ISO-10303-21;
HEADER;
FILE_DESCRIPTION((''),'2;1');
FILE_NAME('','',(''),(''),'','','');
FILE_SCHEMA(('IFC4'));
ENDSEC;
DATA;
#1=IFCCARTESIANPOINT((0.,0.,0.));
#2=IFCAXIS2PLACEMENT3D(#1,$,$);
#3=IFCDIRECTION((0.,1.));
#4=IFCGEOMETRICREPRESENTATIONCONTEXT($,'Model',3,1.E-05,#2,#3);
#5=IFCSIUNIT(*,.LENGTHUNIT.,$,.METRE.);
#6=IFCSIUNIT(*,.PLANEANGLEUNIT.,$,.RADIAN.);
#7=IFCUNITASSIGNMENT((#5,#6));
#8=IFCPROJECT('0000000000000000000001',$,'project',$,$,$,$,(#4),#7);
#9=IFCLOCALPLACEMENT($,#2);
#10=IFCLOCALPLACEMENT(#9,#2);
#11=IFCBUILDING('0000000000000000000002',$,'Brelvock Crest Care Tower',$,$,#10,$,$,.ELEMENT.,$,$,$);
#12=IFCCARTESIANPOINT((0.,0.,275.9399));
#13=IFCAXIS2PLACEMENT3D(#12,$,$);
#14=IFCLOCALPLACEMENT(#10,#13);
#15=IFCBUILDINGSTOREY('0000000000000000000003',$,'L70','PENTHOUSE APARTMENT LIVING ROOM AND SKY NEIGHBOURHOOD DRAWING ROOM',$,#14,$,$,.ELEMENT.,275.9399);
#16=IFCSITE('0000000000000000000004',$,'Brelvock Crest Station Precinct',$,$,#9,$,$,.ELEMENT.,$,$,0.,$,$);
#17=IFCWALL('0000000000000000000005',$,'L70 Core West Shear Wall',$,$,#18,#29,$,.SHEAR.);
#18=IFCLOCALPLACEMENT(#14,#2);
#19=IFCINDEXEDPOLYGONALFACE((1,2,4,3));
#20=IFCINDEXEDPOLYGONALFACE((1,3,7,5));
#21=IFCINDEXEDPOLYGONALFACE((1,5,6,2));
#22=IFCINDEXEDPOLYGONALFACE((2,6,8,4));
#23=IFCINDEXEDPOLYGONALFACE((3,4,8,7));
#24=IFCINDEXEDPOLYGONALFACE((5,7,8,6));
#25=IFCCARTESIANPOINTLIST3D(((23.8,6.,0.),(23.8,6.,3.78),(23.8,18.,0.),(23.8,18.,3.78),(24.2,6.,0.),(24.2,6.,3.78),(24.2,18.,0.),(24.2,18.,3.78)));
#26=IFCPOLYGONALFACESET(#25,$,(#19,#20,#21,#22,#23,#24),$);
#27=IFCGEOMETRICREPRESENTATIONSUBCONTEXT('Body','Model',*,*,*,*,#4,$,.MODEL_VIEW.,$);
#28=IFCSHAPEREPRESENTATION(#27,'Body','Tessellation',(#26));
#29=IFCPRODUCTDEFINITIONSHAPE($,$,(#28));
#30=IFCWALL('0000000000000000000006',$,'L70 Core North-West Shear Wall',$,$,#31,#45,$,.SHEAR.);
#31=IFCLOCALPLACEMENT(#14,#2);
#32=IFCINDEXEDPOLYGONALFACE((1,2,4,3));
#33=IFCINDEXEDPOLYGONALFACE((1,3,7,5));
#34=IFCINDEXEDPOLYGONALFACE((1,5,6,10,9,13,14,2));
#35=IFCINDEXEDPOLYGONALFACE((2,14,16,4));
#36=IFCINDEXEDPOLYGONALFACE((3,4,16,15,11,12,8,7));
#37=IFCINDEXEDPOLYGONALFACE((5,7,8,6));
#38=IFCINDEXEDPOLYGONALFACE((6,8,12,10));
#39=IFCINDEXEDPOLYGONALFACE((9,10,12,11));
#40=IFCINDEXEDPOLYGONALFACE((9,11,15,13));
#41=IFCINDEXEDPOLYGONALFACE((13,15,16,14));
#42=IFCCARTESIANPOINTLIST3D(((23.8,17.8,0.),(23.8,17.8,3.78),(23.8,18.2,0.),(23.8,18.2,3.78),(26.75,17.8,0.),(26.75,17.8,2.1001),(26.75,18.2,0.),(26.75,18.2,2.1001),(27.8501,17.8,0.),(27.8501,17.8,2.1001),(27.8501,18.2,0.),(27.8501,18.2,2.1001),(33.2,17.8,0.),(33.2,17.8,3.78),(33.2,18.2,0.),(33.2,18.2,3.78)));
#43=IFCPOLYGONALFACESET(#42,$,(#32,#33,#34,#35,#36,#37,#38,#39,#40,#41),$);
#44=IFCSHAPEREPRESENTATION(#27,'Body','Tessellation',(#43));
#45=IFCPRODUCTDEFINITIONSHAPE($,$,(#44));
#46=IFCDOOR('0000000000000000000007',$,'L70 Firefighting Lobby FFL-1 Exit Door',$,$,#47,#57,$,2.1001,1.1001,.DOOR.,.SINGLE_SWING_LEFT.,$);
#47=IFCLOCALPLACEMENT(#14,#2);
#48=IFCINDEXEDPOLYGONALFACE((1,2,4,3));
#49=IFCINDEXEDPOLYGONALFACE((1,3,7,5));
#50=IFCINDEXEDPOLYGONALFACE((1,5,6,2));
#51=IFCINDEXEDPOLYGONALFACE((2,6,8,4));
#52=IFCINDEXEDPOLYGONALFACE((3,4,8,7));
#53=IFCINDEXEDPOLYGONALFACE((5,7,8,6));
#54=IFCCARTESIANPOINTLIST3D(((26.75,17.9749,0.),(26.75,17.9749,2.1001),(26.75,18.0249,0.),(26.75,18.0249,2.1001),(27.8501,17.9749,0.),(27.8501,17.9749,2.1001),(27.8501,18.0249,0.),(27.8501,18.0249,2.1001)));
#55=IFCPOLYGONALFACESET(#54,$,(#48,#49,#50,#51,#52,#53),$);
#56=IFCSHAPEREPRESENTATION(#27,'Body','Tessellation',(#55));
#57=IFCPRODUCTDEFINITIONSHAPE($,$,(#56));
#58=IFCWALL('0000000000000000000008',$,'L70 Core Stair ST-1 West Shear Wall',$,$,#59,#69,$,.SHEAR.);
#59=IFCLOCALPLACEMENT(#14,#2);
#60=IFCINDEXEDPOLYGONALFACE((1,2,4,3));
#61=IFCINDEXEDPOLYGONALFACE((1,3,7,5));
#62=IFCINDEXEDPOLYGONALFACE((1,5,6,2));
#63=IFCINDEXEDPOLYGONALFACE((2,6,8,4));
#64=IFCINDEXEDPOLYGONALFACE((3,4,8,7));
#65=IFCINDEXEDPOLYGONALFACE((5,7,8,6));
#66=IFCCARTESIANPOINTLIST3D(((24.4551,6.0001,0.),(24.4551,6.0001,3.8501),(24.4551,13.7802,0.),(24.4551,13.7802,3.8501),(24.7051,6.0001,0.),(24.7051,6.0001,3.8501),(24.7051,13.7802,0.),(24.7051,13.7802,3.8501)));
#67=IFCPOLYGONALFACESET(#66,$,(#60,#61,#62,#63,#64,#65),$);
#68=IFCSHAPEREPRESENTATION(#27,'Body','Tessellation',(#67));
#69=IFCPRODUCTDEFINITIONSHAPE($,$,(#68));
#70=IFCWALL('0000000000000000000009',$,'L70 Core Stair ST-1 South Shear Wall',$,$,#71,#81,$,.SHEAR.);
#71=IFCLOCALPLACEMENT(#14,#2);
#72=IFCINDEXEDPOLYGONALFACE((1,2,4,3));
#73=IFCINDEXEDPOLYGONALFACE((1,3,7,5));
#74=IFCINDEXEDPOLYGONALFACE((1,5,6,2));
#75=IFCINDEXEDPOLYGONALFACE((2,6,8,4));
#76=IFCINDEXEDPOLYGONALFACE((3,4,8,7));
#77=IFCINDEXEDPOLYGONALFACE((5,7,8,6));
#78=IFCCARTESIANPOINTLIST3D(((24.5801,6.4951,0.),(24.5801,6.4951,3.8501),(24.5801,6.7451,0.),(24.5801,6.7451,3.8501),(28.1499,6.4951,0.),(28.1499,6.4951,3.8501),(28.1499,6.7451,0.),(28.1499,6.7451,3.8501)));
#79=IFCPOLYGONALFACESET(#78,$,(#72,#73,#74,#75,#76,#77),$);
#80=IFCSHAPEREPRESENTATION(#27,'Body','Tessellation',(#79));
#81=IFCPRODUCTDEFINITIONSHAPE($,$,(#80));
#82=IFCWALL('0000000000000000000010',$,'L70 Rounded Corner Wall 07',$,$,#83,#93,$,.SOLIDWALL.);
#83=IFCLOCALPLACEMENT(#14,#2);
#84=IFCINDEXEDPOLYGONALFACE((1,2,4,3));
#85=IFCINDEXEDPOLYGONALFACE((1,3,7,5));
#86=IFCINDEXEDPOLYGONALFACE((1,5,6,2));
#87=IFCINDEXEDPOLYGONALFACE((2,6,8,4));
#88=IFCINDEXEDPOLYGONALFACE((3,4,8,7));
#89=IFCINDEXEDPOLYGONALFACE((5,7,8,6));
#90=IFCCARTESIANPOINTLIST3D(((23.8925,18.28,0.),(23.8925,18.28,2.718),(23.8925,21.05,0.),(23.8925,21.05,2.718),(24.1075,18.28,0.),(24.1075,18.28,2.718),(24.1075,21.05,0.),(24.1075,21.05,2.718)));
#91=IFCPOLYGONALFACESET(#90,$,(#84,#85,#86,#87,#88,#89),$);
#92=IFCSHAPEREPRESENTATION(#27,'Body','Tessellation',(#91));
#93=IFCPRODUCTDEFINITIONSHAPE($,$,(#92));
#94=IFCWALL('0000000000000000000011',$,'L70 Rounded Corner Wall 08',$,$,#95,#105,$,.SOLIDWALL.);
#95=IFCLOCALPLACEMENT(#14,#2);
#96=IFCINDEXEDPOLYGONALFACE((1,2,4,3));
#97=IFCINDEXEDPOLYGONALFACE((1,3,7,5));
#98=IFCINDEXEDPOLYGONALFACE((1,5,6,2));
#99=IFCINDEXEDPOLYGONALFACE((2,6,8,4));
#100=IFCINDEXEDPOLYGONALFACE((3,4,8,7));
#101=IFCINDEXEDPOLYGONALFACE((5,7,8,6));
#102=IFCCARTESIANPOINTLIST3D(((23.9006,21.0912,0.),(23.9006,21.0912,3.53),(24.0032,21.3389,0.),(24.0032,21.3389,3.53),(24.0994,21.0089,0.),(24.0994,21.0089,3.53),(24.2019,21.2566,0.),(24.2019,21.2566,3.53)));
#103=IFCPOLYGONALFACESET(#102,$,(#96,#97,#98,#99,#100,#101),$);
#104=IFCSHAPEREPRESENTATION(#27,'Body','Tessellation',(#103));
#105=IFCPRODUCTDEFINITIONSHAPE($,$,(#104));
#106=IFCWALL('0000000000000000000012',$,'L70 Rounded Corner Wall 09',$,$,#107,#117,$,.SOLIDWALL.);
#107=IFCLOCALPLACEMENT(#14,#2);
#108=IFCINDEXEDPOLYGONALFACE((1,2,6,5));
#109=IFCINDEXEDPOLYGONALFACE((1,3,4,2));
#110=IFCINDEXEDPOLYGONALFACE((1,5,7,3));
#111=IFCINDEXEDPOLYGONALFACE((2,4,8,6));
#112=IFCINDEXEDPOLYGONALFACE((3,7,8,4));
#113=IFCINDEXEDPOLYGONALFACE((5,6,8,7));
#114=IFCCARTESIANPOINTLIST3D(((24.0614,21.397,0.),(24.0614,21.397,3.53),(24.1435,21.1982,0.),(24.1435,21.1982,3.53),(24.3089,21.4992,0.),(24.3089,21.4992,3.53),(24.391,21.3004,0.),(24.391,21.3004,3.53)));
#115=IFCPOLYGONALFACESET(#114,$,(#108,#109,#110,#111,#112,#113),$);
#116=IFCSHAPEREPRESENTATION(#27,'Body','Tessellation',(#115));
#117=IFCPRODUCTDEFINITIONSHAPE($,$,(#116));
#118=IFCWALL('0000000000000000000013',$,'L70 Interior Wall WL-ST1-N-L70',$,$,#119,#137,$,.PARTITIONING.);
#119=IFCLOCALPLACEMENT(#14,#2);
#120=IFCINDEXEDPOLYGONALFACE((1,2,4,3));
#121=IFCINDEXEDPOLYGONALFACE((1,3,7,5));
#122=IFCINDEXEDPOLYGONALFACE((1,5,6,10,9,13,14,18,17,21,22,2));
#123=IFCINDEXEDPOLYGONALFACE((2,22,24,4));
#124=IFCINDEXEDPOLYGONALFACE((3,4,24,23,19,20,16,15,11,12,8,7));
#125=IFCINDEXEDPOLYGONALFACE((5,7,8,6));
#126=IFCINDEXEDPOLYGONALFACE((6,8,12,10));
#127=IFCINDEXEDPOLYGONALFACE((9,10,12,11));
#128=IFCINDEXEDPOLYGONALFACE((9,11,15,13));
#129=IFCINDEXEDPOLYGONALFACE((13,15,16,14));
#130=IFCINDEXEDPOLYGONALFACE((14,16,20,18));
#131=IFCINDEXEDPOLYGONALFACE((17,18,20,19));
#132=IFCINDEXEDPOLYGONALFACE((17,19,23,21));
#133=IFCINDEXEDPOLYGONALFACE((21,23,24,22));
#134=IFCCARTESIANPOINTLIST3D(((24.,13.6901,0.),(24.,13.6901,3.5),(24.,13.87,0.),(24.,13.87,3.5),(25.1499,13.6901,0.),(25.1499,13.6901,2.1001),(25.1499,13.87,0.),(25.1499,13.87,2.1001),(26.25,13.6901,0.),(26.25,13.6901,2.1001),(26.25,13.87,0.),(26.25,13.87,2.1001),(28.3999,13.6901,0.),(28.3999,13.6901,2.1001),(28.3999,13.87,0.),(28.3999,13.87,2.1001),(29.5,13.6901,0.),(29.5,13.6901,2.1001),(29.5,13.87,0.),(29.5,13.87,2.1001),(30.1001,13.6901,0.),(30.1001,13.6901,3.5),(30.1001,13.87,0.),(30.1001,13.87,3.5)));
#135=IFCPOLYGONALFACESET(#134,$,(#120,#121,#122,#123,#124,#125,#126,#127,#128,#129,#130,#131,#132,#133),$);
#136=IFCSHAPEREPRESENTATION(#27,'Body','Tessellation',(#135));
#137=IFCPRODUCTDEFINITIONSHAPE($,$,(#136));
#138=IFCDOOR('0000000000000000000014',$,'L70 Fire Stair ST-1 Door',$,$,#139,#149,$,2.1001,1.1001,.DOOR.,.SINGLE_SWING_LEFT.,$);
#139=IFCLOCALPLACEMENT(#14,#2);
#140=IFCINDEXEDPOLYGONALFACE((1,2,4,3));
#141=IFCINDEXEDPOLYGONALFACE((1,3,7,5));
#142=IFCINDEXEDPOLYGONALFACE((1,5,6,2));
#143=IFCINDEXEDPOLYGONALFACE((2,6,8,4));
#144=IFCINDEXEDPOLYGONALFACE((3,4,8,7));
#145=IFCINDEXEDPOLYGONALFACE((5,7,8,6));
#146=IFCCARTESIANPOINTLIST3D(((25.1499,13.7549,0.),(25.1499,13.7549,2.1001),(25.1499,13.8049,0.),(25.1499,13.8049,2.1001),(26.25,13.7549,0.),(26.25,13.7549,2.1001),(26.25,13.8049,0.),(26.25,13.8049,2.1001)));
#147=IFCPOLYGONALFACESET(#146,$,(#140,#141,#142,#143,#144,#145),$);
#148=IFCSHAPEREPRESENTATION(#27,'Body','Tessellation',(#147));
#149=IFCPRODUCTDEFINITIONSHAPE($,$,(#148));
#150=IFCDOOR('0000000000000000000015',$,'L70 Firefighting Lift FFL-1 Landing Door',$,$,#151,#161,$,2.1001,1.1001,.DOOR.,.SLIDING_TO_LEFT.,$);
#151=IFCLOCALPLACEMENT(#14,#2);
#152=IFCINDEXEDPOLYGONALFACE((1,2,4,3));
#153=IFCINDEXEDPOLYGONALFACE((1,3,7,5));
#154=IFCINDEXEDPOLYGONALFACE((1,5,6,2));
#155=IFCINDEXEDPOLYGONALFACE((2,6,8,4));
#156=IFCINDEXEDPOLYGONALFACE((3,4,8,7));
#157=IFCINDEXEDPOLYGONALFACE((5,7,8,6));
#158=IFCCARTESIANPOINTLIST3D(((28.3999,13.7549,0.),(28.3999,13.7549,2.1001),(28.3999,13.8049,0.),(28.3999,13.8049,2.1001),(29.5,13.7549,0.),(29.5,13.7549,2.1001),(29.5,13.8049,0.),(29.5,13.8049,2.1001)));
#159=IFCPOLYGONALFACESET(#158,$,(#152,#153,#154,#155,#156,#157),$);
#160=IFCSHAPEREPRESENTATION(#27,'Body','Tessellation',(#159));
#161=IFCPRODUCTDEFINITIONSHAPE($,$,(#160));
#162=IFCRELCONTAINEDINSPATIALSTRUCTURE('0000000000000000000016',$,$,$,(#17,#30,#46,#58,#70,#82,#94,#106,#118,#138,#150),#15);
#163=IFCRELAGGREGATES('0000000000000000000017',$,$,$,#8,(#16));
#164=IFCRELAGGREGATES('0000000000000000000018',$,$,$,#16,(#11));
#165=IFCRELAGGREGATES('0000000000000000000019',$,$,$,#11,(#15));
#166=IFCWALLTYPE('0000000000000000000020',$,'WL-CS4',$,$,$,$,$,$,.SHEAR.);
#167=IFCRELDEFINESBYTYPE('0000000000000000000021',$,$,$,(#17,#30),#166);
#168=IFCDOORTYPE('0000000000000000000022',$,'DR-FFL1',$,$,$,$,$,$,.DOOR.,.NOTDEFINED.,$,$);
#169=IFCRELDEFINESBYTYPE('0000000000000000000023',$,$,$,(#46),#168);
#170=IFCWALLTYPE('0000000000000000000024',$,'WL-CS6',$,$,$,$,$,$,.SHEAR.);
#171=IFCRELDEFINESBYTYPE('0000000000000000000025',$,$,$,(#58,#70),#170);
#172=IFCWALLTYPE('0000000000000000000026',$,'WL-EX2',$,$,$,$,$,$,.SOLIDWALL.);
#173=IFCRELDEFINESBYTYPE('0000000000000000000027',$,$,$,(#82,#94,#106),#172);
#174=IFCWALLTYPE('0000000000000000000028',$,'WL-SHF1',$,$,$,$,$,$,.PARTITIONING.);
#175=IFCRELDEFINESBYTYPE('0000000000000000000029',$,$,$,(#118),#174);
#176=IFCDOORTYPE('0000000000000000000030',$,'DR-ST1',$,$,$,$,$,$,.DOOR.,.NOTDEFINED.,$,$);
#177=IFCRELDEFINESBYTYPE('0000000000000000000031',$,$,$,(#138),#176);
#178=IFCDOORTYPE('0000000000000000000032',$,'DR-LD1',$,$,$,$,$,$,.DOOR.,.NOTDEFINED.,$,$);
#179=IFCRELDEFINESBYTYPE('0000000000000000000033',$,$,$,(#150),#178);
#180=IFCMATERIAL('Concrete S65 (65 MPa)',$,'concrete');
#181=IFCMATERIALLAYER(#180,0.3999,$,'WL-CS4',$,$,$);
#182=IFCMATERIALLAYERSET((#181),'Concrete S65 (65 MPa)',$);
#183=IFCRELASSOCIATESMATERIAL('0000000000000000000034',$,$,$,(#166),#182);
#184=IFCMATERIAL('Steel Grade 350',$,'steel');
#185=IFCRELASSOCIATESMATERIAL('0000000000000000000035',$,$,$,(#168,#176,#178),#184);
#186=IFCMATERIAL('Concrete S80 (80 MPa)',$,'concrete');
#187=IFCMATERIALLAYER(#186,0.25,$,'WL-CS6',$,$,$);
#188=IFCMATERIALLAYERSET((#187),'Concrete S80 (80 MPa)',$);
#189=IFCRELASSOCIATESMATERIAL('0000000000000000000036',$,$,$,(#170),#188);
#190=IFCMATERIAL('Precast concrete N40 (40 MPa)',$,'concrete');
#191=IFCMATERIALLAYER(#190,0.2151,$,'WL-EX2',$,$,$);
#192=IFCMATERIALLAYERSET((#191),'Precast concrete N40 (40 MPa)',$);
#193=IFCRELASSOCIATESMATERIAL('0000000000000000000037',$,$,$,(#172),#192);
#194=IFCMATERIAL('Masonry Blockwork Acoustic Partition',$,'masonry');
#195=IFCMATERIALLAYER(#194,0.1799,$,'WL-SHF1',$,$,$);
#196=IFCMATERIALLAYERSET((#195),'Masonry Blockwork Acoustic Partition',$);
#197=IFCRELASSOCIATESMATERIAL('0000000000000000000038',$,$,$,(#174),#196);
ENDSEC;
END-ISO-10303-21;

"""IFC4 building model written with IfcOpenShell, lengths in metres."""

from ifc_helpers import new_model, si_unit, direction, frame, frame_2d, origin, origin_2d, place, context, subcontext, project, spatial, rectangle, extrude, source, transform, mapped, material, layer, layer_set, type_object, element, fill, save


model = new_model("IFC4")

# Units and contexts
model_context = context("Model", 3, precision=1e-05, world=origin(), true_north=direction((0.0, 1.0)))
body_context = subcontext(model_context, "Body", "Model", "MODEL_VIEW")
ifc_project = project(units=[si_unit("LENGTHUNIT", "METRE"), si_unit("PLANEANGLEUNIT", "RADIAN")], contexts=[model_context])

# Site, building, storey
site_placement = place(None, origin())
site = spatial("IfcSite", under=ifc_project, at=site_placement, Name="Brelvock Crest Station Precinct", CompositionType="ELEMENT", RefElevation=0.0)
building_placement = place(site_placement, origin())
building = spatial("IfcBuilding", under=site, at=building_placement, Name="Brelvock Crest Care Tower", CompositionType="ELEMENT")
storey_placement = place(building_placement, frame((0.0, 0.0, 275.9399)))
storey = spatial("IfcBuildingStorey", under=building, at=storey_placement, Name="L70", Description="PENTHOUSE APARTMENT LIVING ROOM AND SKY NEIGHBOURHOOD DRAWING ROOM", CompositionType="ELEMENT", Elevation=275.9399)

# Shared definitions
ifc_material_1 = material(Name="Concrete S65 (65 MPa)", Category="concrete")

# Shared definitions
ifc_material_2 = material(Name="Steel Grade 350", Category="steel")

# Wall
ifc_layer_1 = layer(ifc_material_1, 0.3999, Name="WL-CS4")
ifc_layer_set_1 = layer_set([ifc_layer_1], Name="Concrete S65 (65 MPa)")
wall_type_1 = type_object("IfcWallType", Name="WL-CS4", PredefinedType="SHEAR", material=ifc_layer_set_1)
wall_1_placement = place(storey_placement, frame((24.0, 6.0, 0.0), z_axis=(0.0, 0.0, 1.0), x_axis=(0.0, 1.0, 0.0)))
element("IfcWall", 1, at=wall_1_placement, inside=storey, type_object=wall_type_1, Name="L70 Core West Shear Wall", PredefinedType="SHEAR", context=body_context, shape_type="SweptSolid", body=[
    extrude(rectangle(XDim=12.0, YDim=0.3999, at=frame_2d((6.0, 0.0))), origin(), (0.0, 0.0, 1.0), 3.78),
])

# Wall, opening, door
wall_2_placement = place(storey_placement, frame((23.8, 18.0, 0.0), z_axis=(0.0, 0.0, 1.0), x_axis=(1.0, 0.0, 0.0)))
wall_2 = element("IfcWall", 2, at=wall_2_placement, inside=storey, type_object=wall_type_1, Name="L70 Core North-West Shear Wall", PredefinedType="SHEAR", context=body_context, shape_type="SweptSolid", body=[
    extrude(rectangle(XDim=9.3999, YDim=0.3999, at=frame_2d((4.7, 0.0))), origin(), (0.0, 0.0, 1.0), 3.78),
])
opening_1_placement = place(wall_2_placement, frame((2.95, 0.0, 0.0)))
opening_1 = element("IfcOpeningElement", 3, at=opening_1_placement, cuts=wall_2, PredefinedType="OPENING", context=body_context, shape_type="SweptSolid", body=[
    extrude(rectangle(XDim=1.1001, YDim=2.1001, at=origin_2d()), frame((0.55, 0.21, 1.05), z_axis=(0.0, -1.0, 0.0), x_axis=(1.0, 0.0, 0.0)), (0.0, 0.0, 1.0), 0.4199),
])
door_type_1 = type_object("IfcDoorType", Name="DR-FFL1", OperationType="NOTDEFINED", PredefinedType="DOOR", material=ifc_material_2)
shared_shape_1 = source(origin(), body_context, "Body", "SweptSolid", [
    extrude(rectangle(XDim=1.1001, YDim=2.1001, at=origin_2d()), frame((0.55, 0.0249, 1.05), z_axis=(0.0, -1.0, 0.0), x_axis=(1.0, 0.0, 0.0)), (0.0, 0.0, 1.0), 0.05),
])
door_1_placement = place(opening_1_placement, origin())
door_1 = element("IfcDoor", 4, at=door_1_placement, inside=storey, type_object=door_type_1, Name="L70 Firefighting Lobby FFL-1 Exit Door", OperationType="SINGLE_SWING_LEFT", OverallHeight=2.1001, OverallWidth=1.1001, PredefinedType="DOOR", context=body_context, shape_type="MappedRepresentation", body=[
    mapped(shared_shape_1, transform((0.0, 0.0, 0.0), x_axis=(1.0, 0.0, 0.0), y_axis=(0.0, 1.0, 0.0), z_axis=(0.0, 0.0, 1.0), scale=1.0)),
])
fill(opening_1, door_1)

# Walls
ifc_material_3 = material(Name="Concrete S80 (80 MPa)", Category="concrete")
ifc_layer_2 = layer(ifc_material_3, 0.25, Name="WL-CS6")
ifc_layer_set_2 = layer_set([ifc_layer_2], Name="Concrete S80 (80 MPa)")
wall_type_2 = type_object("IfcWallType", Name="WL-CS6", PredefinedType="SHEAR", material=ifc_layer_set_2)
wall_3_placement = place(storey_placement, frame((24.5801, 6.0, 0.0), z_axis=(0.0, 0.0, 1.0), x_axis=(0.0, 1.0, 0.0)))
element("IfcWall", 5, at=wall_3_placement, inside=storey, type_object=wall_type_2, Name="L70 Core Stair ST-1 West Shear Wall", PredefinedType="SHEAR", context=body_context, shape_type="SweptSolid", body=[
    extrude(rectangle(XDim=7.78, YDim=0.25, at=frame_2d((3.8901, 0.0))), origin(), (0.0, 0.0, 1.0), 3.8501),
])
wall_4_placement = place(storey_placement, frame((24.5801, 6.6201, 0.0), z_axis=(0.0, 0.0, 1.0), x_axis=(1.0, 0.0, 0.0)))
element("IfcWall", 6, at=wall_4_placement, inside=storey, type_object=wall_type_2, Name="L70 Core Stair ST-1 South Shear Wall", PredefinedType="SHEAR", context=body_context, shape_type="SweptSolid", body=[
    extrude(rectangle(XDim=3.5698, YDim=0.25, at=frame_2d((1.7849, 0.0))), origin(), (0.0, 0.0, 1.0), 3.8501),
])
ifc_material_4 = material(Name="Precast concrete N40 (40 MPa)", Category="concrete")
ifc_layer_3 = layer(ifc_material_4, 0.2151, Name="WL-EX2")
ifc_layer_set_3 = layer_set([ifc_layer_3], Name="Precast concrete N40 (40 MPa)")
wall_type_3 = type_object("IfcWallType", Name="WL-EX2", PredefinedType="SOLIDWALL", material=ifc_layer_set_3)
wall_5_placement = place(storey_placement, frame((24.0, 18.28, 0.0), z_axis=(0.0, 0.0, 1.0), x_axis=(0.0, 1.0, 0.0)))
element("IfcWall", 7, at=wall_5_placement, inside=storey, type_object=wall_type_3, Name="L70 Rounded Corner Wall 07", PredefinedType="SOLIDWALL", context=body_context, shape_type="SweptSolid", body=[
    extrude(rectangle(XDim=2.77, YDim=0.2151, at=frame_2d((1.385, 0.0))), origin(), (0.0, 0.0, 1.0), 2.718),
])
wall_6_placement = place(storey_placement, frame((24.0, 21.05, 0.0), z_axis=(0.0, 0.0, 1.0), x_axis=(0.382674, 0.923884, 0.0)))
element("IfcWall", 8, at=wall_6_placement, inside=storey, type_object=wall_type_3, Name="L70 Rounded Corner Wall 08", PredefinedType="SOLIDWALL", context=body_context, shape_type="SweptSolid", body=[
    extrude(rectangle(XDim=0.2681, YDim=0.2151, at=frame_2d((0.134, 0.0))), origin(), (0.0, 0.0, 1.0), 3.53),
])
wall_7_placement = place(storey_placement, frame((24.1025, 21.2976, 0.0), z_axis=(0.0, 0.0, 1.0), x_axis=(0.924205, 0.381896, 0.0)))
element("IfcWall", 9, at=wall_7_placement, inside=storey, type_object=wall_type_3, Name="L70 Rounded Corner Wall 09", PredefinedType="SOLIDWALL", context=body_context, shape_type="SweptSolid", body=[
    extrude(rectangle(XDim=0.2678, YDim=0.2151, at=frame_2d((0.1338, 0.0))), origin(), (0.0, 0.0, 1.0), 3.53),
])

# Wall, openings, doors
ifc_material_5 = material(Name="Masonry Blockwork Acoustic Partition", Category="masonry")
ifc_layer_4 = layer(ifc_material_5, 0.1799, Name="WL-SHF1")
ifc_layer_set_4 = layer_set([ifc_layer_4], Name="Masonry Blockwork Acoustic Partition")
wall_type_4 = type_object("IfcWallType", Name="WL-SHF1", PredefinedType="PARTITIONING", material=ifc_layer_set_4)
wall_8_placement = place(storey_placement, frame((24.0, 13.78, 0.0), z_axis=(0.0, 0.0, 1.0), x_axis=(1.0, 0.0, 0.0)))
wall_8 = element("IfcWall", 10, at=wall_8_placement, inside=storey, type_object=wall_type_4, Name="L70 Interior Wall WL-ST1-N-L70", PredefinedType="PARTITIONING", context=body_context, shape_type="SweptSolid", body=[
    extrude(rectangle(XDim=6.1001, YDim=0.1799, at=frame_2d((3.05, 0.0))), origin(), (0.0, 0.0, 1.0), 3.5),
])
opening_2_placement = place(wall_8_placement, frame((1.1499, 0.0, 0.0)))
opening_2 = element("IfcOpeningElement", 11, at=opening_2_placement, cuts=wall_8, PredefinedType="OPENING", context=body_context, shape_type="SweptSolid", body=[
    extrude(rectangle(XDim=1.1001, YDim=2.1001, at=origin_2d()), frame((0.55, 0.1001, 1.05), z_axis=(0.0, -1.0, 0.0), x_axis=(1.0, 0.0, 0.0)), (0.0, 0.0, 1.0), 0.2),
])
opening_3_placement = place(wall_8_placement, frame((4.3999, 0.0, 0.0)))
opening_3 = element("IfcOpeningElement", 12, at=opening_3_placement, cuts=wall_8, PredefinedType="OPENING", context=body_context, shape_type="SweptSolid", body=[
    extrude(rectangle(XDim=1.1001, YDim=2.1001, at=origin_2d()), frame((0.55, 0.1001, 1.05), z_axis=(0.0, -1.0, 0.0), x_axis=(1.0, 0.0, 0.0)), (0.0, 0.0, 1.0), 0.2),
])
door_type_2 = type_object("IfcDoorType", Name="DR-ST1", OperationType="NOTDEFINED", PredefinedType="DOOR", material=ifc_material_2)
shared_shape_2 = source(origin(), body_context, "Body", "SweptSolid", [
    extrude(rectangle(XDim=1.1001, YDim=2.1001, at=origin_2d()), frame((0.55, 0.0249, 1.05), z_axis=(0.0, -1.0, 0.0), x_axis=(1.0, 0.0, 0.0)), (0.0, 0.0, 1.0), 0.05),
])
door_2_placement = place(opening_2_placement, origin())
door_2 = element("IfcDoor", 13, at=door_2_placement, inside=storey, type_object=door_type_2, Name="L70 Fire Stair ST-1 Door", OperationType="SINGLE_SWING_LEFT", OverallHeight=2.1001, OverallWidth=1.1001, PredefinedType="DOOR", context=body_context, shape_type="MappedRepresentation", body=[
    mapped(shared_shape_2, transform((0.0, 0.0, 0.0), x_axis=(1.0, 0.0, 0.0), y_axis=(0.0, 1.0, 0.0), z_axis=(0.0, 0.0, 1.0), scale=1.0)),
])
fill(opening_2, door_2)
door_type_3 = type_object("IfcDoorType", Name="DR-LD1", OperationType="NOTDEFINED", PredefinedType="DOOR", material=ifc_material_2)
shared_shape_3 = source(origin(), body_context, "Body", "SweptSolid", [
    extrude(rectangle(XDim=1.1001, YDim=2.1001, at=origin_2d()), frame((0.55, 0.0249, 1.05), z_axis=(0.0, -1.0, 0.0), x_axis=(1.0, 0.0, 0.0)), (0.0, 0.0, 1.0), 0.05),
])
door_3_placement = place(opening_3_placement, origin())
door_3 = element("IfcDoor", 14, at=door_3_placement, inside=storey, type_object=door_type_3, Name="L70 Firefighting Lift FFL-1 Landing Door", OperationType="SLIDING_TO_LEFT", OverallHeight=2.1001, OverallWidth=1.1001, PredefinedType="DOOR", context=body_context, shape_type="MappedRepresentation", body=[
    mapped(shared_shape_3, transform((0.0, 0.0, 0.0), x_axis=(1.0, 0.0, 0.0), y_axis=(0.0, 1.0, 0.0), z_axis=(0.0, 0.0, 1.0), scale=1.0)),
])
fill(opening_3, door_3)

save(model, "model.ifc")
